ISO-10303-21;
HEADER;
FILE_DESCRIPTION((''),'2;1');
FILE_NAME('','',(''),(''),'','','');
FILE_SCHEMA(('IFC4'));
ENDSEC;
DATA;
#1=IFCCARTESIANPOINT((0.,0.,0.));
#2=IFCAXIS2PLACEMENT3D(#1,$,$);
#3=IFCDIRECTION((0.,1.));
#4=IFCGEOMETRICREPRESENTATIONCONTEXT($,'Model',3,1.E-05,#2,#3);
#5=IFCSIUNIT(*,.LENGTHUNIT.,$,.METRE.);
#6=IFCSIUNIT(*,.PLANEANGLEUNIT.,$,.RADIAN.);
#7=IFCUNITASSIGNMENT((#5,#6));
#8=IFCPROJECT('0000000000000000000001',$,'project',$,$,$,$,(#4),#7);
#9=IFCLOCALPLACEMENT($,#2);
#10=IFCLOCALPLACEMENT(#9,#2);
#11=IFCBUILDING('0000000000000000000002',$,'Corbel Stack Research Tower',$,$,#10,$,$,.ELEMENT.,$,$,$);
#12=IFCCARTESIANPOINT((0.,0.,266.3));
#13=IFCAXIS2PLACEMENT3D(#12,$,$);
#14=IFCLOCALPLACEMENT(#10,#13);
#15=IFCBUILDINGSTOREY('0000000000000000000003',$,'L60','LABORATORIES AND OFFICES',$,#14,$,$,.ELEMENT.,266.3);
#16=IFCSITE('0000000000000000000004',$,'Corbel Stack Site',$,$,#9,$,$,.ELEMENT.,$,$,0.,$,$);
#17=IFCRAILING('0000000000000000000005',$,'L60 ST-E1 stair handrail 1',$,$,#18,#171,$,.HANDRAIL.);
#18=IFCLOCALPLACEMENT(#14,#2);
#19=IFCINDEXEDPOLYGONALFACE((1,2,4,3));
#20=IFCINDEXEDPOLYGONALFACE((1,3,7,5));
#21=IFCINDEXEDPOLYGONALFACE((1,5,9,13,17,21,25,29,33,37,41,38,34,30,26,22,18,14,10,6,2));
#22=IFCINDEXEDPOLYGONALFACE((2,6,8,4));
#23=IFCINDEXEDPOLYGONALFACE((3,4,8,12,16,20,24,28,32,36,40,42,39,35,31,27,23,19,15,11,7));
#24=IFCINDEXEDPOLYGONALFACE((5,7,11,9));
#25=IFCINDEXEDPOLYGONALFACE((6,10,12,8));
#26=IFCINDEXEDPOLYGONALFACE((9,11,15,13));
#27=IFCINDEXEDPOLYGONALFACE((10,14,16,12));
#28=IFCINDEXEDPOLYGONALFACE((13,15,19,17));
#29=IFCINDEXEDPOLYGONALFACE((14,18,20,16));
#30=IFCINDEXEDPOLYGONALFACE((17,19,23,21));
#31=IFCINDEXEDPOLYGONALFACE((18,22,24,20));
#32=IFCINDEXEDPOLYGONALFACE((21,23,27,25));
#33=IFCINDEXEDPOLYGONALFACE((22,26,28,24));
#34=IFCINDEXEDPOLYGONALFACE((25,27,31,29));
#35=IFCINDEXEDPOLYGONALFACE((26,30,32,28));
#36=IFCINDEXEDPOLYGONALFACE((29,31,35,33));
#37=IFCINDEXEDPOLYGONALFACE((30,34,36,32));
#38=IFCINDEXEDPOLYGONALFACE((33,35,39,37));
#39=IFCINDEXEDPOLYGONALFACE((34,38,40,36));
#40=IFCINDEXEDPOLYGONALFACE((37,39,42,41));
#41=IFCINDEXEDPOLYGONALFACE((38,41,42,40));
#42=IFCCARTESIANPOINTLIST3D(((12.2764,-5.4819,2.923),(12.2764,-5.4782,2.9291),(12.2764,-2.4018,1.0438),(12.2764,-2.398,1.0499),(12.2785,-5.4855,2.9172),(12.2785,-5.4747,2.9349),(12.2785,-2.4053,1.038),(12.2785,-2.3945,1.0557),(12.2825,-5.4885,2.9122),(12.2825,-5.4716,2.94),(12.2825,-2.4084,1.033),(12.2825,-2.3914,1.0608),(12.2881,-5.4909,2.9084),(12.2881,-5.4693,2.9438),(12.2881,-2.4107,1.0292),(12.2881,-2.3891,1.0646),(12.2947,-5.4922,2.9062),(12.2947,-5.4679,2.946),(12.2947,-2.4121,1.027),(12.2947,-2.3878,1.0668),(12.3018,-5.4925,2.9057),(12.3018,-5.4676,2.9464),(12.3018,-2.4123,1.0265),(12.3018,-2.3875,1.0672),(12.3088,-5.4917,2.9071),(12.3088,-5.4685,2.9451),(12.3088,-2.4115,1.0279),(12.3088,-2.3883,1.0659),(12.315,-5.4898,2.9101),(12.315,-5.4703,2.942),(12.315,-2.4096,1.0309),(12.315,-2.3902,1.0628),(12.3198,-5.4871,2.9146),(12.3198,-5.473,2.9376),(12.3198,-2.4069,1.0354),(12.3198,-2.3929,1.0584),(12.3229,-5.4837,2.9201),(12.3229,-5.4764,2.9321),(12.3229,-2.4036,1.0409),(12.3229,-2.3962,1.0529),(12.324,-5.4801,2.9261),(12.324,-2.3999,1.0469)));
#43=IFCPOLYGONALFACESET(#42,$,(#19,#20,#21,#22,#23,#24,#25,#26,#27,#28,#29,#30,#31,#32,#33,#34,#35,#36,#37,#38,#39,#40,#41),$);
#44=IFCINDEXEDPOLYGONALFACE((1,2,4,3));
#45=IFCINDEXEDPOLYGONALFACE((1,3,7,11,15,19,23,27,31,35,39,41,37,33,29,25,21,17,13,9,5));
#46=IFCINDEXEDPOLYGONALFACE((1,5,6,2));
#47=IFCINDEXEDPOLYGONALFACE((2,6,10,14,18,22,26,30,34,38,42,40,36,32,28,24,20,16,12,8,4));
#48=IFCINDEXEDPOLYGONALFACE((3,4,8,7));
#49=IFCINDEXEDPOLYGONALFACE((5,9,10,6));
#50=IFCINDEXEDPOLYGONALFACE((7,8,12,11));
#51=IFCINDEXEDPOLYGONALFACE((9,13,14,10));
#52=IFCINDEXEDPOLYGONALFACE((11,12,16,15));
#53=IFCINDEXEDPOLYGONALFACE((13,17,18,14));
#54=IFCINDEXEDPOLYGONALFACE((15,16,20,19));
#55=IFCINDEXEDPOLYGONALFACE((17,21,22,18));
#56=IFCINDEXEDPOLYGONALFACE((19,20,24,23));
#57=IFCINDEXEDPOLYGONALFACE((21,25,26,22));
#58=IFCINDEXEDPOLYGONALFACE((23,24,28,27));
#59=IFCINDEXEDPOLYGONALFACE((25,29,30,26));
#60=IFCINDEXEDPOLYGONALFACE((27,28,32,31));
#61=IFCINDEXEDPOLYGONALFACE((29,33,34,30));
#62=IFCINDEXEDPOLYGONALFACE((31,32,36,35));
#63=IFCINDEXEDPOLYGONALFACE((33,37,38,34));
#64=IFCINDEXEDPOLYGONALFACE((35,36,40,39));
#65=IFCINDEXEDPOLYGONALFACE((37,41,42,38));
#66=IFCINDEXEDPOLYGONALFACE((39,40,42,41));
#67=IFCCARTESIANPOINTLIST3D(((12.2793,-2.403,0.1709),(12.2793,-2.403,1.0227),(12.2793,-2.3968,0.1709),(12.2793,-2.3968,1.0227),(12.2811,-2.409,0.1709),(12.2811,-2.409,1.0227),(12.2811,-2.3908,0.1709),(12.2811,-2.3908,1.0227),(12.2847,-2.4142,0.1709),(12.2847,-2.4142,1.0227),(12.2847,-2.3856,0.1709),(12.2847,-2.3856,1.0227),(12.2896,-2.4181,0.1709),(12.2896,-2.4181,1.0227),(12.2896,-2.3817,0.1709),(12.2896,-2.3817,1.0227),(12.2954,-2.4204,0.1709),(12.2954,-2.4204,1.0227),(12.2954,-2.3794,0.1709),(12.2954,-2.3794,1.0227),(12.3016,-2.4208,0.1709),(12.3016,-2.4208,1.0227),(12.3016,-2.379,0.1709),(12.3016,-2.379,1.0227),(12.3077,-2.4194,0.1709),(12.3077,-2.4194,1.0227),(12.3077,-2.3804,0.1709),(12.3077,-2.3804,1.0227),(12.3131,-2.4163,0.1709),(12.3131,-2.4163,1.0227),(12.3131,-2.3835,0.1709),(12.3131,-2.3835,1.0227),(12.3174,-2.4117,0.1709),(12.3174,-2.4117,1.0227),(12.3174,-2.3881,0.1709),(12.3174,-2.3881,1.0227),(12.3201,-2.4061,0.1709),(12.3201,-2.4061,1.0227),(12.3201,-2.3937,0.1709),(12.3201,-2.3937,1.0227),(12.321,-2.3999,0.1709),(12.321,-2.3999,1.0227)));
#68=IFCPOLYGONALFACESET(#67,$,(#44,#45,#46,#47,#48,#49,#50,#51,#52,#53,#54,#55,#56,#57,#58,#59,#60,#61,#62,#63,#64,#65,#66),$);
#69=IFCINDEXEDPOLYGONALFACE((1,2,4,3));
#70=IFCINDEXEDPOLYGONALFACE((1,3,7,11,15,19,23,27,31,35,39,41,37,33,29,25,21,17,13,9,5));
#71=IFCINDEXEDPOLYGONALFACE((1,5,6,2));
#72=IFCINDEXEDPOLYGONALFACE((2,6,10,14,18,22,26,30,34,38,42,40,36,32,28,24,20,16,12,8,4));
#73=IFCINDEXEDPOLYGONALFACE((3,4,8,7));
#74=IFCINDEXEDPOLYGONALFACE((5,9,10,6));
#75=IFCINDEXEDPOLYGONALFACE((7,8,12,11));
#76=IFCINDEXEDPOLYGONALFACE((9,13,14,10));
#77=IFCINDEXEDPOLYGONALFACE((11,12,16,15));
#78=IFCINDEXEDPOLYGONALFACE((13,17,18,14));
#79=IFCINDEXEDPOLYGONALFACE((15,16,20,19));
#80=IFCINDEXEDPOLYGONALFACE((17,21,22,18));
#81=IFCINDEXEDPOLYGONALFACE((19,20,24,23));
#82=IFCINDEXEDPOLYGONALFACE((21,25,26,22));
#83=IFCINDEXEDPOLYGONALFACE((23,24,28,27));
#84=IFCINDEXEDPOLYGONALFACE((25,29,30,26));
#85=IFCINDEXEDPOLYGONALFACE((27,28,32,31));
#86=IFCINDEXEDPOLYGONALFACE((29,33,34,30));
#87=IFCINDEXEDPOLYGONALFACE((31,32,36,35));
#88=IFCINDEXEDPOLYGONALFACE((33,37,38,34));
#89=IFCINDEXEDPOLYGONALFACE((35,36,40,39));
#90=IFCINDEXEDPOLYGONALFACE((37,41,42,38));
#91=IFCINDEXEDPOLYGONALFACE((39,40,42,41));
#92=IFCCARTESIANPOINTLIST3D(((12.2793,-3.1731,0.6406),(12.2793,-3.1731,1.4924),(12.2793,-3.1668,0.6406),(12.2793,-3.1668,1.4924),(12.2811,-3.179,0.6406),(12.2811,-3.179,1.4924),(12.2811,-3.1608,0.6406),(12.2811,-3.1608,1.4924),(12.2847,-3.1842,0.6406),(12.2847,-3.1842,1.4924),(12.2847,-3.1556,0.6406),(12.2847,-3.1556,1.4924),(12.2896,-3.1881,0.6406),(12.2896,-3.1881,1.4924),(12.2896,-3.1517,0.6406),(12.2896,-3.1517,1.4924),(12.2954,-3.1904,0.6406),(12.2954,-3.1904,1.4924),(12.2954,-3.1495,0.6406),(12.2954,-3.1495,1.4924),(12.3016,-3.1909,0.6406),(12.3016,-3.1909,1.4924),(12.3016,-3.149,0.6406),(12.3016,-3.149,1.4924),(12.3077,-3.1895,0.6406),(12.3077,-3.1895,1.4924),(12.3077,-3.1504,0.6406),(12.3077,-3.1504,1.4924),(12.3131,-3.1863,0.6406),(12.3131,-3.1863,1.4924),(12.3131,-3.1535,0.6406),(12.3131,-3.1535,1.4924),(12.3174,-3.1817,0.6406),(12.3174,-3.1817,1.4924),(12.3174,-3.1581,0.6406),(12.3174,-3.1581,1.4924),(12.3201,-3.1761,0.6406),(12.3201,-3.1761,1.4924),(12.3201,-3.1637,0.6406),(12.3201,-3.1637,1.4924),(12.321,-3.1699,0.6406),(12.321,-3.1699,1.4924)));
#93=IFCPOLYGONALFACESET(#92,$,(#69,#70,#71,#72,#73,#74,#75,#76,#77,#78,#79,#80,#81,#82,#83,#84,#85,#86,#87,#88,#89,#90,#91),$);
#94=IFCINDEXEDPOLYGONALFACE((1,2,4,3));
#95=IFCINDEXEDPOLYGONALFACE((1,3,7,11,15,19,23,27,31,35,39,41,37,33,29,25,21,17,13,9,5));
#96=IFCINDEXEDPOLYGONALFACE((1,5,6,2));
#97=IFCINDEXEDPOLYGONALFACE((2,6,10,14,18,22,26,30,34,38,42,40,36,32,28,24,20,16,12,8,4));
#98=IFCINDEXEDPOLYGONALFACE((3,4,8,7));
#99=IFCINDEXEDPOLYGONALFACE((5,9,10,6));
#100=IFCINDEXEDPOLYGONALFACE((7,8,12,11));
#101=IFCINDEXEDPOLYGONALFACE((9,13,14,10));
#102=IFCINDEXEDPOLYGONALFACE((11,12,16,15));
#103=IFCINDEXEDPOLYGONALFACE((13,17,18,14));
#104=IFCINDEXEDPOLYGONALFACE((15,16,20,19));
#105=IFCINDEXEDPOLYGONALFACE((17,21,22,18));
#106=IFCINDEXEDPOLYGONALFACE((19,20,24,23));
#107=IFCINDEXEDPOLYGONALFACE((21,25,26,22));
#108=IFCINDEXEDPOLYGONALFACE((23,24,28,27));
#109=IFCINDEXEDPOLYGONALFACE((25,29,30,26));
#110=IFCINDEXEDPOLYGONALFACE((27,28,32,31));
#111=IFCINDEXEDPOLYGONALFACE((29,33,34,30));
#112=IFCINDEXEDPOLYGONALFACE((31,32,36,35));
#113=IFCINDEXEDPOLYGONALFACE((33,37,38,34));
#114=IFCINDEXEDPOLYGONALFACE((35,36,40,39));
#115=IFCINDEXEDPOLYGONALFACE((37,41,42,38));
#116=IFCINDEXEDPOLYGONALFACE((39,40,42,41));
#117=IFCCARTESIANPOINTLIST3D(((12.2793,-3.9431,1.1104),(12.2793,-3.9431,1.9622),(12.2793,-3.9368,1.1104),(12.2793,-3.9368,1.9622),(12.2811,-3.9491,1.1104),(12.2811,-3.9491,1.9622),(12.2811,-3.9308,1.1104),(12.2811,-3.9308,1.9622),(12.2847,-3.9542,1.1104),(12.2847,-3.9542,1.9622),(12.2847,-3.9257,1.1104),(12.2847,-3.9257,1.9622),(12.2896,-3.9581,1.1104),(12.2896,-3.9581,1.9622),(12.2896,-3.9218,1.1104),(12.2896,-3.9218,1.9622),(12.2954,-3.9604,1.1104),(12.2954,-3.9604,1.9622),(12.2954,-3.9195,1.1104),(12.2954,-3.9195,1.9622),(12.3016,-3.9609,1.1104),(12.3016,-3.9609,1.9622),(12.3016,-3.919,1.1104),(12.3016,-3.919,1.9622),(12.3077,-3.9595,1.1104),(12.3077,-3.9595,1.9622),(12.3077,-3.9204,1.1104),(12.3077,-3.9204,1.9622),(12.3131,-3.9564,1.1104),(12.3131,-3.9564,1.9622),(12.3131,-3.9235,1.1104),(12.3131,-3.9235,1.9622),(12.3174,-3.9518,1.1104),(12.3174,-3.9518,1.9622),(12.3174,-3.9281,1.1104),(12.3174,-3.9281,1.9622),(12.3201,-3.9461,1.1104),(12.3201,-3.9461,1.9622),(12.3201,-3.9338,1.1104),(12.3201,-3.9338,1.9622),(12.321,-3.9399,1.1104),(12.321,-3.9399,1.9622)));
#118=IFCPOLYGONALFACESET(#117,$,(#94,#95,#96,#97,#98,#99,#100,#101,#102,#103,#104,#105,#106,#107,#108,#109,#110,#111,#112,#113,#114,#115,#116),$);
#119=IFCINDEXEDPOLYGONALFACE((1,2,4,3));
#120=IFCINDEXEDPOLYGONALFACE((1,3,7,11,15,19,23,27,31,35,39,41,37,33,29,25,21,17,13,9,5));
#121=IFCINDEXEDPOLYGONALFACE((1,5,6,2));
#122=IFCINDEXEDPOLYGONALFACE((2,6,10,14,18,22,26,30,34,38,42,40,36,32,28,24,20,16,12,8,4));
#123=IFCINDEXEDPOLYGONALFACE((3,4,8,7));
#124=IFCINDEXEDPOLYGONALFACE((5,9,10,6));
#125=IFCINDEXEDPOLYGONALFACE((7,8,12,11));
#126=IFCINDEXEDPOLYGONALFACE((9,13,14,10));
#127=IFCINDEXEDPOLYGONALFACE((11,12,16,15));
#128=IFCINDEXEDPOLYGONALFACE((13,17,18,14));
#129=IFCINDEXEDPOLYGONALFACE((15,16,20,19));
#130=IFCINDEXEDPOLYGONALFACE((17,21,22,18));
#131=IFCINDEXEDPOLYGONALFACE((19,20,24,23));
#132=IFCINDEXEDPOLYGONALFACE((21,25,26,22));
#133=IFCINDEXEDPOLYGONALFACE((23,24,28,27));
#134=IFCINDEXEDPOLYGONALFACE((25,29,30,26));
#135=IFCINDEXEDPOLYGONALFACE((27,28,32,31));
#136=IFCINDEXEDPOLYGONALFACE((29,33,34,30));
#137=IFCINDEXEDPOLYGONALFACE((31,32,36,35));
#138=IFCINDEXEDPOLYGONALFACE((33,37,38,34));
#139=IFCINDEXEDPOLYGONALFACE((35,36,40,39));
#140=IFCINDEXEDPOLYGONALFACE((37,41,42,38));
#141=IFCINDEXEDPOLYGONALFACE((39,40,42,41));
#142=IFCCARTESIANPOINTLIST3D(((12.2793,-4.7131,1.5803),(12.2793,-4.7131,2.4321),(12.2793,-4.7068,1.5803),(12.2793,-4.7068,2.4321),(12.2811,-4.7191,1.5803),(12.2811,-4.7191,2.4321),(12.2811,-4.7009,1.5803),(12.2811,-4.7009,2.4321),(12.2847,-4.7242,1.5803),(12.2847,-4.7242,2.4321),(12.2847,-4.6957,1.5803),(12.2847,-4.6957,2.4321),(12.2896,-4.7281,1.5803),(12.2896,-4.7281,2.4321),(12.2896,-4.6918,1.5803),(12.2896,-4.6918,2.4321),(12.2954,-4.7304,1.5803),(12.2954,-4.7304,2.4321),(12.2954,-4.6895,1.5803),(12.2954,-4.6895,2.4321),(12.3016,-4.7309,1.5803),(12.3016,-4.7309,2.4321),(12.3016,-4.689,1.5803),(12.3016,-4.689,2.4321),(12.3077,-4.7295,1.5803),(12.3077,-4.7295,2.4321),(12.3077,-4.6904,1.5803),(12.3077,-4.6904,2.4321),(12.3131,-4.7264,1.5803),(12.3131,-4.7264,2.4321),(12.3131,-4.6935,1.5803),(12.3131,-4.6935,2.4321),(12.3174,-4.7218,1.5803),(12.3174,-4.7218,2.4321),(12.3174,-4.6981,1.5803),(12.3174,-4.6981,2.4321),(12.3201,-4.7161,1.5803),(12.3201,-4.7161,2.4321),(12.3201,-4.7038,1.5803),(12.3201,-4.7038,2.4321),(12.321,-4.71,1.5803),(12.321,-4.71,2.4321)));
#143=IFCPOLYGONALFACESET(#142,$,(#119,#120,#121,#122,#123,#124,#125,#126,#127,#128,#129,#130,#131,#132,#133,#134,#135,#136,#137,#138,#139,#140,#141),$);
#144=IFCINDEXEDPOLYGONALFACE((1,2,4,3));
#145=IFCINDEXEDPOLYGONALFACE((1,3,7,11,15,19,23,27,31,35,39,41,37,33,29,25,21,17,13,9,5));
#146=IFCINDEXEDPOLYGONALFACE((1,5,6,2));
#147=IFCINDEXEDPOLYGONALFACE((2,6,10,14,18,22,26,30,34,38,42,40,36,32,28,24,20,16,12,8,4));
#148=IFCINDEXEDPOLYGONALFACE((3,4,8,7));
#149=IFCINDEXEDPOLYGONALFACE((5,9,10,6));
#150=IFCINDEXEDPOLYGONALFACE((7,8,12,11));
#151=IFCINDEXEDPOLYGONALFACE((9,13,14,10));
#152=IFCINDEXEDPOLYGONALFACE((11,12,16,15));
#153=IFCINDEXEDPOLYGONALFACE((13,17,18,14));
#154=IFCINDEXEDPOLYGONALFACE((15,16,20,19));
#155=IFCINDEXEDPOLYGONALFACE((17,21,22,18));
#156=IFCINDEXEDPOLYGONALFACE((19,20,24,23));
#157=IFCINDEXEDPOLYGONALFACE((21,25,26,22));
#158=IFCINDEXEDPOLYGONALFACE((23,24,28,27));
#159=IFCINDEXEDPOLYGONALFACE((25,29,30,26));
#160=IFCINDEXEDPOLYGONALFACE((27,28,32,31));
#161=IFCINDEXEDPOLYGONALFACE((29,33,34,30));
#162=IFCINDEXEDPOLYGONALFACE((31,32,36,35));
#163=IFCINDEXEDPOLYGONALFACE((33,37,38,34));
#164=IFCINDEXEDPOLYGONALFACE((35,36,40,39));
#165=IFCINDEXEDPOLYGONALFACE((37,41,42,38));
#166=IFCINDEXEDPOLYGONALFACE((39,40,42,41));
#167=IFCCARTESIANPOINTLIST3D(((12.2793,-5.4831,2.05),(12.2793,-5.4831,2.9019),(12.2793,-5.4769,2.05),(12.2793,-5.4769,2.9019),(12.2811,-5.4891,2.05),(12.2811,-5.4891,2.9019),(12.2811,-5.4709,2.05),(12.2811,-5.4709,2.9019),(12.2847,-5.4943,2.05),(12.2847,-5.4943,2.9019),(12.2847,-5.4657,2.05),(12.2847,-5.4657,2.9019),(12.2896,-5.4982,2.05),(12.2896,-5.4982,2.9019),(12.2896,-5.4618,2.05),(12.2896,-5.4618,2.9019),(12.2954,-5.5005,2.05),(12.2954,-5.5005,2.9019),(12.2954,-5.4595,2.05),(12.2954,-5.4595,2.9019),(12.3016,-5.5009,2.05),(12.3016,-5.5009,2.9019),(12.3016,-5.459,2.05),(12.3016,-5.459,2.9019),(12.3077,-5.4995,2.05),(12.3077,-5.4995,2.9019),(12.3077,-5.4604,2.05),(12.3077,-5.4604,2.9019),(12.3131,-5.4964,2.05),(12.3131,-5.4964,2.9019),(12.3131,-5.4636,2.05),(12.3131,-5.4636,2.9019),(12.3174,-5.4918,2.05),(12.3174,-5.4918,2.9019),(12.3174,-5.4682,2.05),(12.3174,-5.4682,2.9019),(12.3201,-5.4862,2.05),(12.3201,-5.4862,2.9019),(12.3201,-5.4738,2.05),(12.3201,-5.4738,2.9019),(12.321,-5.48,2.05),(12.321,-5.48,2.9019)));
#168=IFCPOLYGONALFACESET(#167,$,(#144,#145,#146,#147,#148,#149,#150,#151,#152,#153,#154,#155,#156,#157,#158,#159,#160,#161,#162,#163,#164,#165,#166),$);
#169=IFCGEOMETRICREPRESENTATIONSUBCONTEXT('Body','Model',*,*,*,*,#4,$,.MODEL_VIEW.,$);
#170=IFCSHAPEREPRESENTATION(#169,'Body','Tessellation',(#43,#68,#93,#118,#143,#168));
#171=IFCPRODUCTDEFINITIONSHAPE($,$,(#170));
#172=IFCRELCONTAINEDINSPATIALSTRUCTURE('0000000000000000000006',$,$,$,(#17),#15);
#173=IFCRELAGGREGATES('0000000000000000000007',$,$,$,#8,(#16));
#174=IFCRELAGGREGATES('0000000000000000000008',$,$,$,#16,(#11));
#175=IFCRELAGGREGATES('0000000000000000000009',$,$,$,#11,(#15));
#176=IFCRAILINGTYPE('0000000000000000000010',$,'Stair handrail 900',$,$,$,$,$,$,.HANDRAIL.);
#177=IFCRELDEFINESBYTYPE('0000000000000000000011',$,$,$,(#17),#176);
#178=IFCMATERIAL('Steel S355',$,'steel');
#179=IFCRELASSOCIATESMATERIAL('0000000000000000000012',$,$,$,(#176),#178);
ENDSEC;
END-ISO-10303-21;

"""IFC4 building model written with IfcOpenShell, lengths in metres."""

from ifc_helpers import new_model, si_unit, direction, frame, origin, origin_2d, place, context, subcontext, project, spatial, circle, extrude, material, type_object, element, save


model = new_model("IFC4")

# Units and contexts
model_context = context("Model", 3, precision=1e-05, world=origin(), true_north=direction((0.0, 1.0)))
body_context = subcontext(model_context, "Body", "Model", "MODEL_VIEW")
ifc_project = project(units=[si_unit("LENGTHUNIT", "METRE"), si_unit("PLANEANGLEUNIT", "RADIAN")], contexts=[model_context])

# Site, building, storey
site_placement = place(None, origin())
site = spatial("IfcSite", under=ifc_project, at=site_placement, Name="Corbel Stack Site", CompositionType="ELEMENT", RefElevation=0.0)
building_placement = place(site_placement, origin())
building = spatial("IfcBuilding", under=site, at=building_placement, Name="Corbel Stack Research Tower", CompositionType="ELEMENT")
storey_placement = place(building_placement, frame((0.0, 0.0, 266.3)))
storey = spatial("IfcBuildingStorey", under=building, at=storey_placement, Name="L60", Description="LABORATORIES AND OFFICES", CompositionType="ELEMENT", Elevation=266.3)

# Railing
ifc_material_1 = material(Name="Steel S355", Category="steel")
railing_type = type_object("IfcRailingType", Name="Stair handrail 900", PredefinedType="HANDRAIL", material=ifc_material_1)
railing_placement = place(storey_placement, frame((12.3, -2.3999, 0.1709)))
element("IfcRailing", 1, at=railing_placement, inside=storey, type_object=railing_type, Name="L60 ST-E1 stair handrail 1", PredefinedType="HANDRAIL", context=body_context, shape_type="SweptSolid", body=[
    extrude(circle(Radius=0.0239, at=origin_2d()), frame((0.0, 0.0, 0.876), z_axis=(0.0, -0.853666, 0.52082), x_axis=(1.0, 0.0, 0.0)), (0.0, 0.0, 1.0), 3.6082),
    extrude(circle(Radius=0.021, at=origin_2d()), origin(), (0.0, 0.0, 1.0), 0.8518),
    extrude(circle(Radius=0.021, at=origin_2d()), frame((0.0, -0.77, 0.4697)), (0.0, 0.0, 1.0), 0.8518),
    extrude(circle(Radius=0.021, at=origin_2d()), frame((0.0, -1.54, 0.9395)), (0.0, 0.0, 1.0), 0.8518),
    extrude(circle(Radius=0.021, at=origin_2d()), frame((0.0, -2.3101, 1.4094)), (0.0, 0.0, 1.0), 0.8518),
    extrude(circle(Radius=0.021, at=origin_2d()), frame((0.0, -3.0801, 1.8792)), (0.0, 0.0, 1.0), 0.8518),
])

save(model, "model.ifc")
